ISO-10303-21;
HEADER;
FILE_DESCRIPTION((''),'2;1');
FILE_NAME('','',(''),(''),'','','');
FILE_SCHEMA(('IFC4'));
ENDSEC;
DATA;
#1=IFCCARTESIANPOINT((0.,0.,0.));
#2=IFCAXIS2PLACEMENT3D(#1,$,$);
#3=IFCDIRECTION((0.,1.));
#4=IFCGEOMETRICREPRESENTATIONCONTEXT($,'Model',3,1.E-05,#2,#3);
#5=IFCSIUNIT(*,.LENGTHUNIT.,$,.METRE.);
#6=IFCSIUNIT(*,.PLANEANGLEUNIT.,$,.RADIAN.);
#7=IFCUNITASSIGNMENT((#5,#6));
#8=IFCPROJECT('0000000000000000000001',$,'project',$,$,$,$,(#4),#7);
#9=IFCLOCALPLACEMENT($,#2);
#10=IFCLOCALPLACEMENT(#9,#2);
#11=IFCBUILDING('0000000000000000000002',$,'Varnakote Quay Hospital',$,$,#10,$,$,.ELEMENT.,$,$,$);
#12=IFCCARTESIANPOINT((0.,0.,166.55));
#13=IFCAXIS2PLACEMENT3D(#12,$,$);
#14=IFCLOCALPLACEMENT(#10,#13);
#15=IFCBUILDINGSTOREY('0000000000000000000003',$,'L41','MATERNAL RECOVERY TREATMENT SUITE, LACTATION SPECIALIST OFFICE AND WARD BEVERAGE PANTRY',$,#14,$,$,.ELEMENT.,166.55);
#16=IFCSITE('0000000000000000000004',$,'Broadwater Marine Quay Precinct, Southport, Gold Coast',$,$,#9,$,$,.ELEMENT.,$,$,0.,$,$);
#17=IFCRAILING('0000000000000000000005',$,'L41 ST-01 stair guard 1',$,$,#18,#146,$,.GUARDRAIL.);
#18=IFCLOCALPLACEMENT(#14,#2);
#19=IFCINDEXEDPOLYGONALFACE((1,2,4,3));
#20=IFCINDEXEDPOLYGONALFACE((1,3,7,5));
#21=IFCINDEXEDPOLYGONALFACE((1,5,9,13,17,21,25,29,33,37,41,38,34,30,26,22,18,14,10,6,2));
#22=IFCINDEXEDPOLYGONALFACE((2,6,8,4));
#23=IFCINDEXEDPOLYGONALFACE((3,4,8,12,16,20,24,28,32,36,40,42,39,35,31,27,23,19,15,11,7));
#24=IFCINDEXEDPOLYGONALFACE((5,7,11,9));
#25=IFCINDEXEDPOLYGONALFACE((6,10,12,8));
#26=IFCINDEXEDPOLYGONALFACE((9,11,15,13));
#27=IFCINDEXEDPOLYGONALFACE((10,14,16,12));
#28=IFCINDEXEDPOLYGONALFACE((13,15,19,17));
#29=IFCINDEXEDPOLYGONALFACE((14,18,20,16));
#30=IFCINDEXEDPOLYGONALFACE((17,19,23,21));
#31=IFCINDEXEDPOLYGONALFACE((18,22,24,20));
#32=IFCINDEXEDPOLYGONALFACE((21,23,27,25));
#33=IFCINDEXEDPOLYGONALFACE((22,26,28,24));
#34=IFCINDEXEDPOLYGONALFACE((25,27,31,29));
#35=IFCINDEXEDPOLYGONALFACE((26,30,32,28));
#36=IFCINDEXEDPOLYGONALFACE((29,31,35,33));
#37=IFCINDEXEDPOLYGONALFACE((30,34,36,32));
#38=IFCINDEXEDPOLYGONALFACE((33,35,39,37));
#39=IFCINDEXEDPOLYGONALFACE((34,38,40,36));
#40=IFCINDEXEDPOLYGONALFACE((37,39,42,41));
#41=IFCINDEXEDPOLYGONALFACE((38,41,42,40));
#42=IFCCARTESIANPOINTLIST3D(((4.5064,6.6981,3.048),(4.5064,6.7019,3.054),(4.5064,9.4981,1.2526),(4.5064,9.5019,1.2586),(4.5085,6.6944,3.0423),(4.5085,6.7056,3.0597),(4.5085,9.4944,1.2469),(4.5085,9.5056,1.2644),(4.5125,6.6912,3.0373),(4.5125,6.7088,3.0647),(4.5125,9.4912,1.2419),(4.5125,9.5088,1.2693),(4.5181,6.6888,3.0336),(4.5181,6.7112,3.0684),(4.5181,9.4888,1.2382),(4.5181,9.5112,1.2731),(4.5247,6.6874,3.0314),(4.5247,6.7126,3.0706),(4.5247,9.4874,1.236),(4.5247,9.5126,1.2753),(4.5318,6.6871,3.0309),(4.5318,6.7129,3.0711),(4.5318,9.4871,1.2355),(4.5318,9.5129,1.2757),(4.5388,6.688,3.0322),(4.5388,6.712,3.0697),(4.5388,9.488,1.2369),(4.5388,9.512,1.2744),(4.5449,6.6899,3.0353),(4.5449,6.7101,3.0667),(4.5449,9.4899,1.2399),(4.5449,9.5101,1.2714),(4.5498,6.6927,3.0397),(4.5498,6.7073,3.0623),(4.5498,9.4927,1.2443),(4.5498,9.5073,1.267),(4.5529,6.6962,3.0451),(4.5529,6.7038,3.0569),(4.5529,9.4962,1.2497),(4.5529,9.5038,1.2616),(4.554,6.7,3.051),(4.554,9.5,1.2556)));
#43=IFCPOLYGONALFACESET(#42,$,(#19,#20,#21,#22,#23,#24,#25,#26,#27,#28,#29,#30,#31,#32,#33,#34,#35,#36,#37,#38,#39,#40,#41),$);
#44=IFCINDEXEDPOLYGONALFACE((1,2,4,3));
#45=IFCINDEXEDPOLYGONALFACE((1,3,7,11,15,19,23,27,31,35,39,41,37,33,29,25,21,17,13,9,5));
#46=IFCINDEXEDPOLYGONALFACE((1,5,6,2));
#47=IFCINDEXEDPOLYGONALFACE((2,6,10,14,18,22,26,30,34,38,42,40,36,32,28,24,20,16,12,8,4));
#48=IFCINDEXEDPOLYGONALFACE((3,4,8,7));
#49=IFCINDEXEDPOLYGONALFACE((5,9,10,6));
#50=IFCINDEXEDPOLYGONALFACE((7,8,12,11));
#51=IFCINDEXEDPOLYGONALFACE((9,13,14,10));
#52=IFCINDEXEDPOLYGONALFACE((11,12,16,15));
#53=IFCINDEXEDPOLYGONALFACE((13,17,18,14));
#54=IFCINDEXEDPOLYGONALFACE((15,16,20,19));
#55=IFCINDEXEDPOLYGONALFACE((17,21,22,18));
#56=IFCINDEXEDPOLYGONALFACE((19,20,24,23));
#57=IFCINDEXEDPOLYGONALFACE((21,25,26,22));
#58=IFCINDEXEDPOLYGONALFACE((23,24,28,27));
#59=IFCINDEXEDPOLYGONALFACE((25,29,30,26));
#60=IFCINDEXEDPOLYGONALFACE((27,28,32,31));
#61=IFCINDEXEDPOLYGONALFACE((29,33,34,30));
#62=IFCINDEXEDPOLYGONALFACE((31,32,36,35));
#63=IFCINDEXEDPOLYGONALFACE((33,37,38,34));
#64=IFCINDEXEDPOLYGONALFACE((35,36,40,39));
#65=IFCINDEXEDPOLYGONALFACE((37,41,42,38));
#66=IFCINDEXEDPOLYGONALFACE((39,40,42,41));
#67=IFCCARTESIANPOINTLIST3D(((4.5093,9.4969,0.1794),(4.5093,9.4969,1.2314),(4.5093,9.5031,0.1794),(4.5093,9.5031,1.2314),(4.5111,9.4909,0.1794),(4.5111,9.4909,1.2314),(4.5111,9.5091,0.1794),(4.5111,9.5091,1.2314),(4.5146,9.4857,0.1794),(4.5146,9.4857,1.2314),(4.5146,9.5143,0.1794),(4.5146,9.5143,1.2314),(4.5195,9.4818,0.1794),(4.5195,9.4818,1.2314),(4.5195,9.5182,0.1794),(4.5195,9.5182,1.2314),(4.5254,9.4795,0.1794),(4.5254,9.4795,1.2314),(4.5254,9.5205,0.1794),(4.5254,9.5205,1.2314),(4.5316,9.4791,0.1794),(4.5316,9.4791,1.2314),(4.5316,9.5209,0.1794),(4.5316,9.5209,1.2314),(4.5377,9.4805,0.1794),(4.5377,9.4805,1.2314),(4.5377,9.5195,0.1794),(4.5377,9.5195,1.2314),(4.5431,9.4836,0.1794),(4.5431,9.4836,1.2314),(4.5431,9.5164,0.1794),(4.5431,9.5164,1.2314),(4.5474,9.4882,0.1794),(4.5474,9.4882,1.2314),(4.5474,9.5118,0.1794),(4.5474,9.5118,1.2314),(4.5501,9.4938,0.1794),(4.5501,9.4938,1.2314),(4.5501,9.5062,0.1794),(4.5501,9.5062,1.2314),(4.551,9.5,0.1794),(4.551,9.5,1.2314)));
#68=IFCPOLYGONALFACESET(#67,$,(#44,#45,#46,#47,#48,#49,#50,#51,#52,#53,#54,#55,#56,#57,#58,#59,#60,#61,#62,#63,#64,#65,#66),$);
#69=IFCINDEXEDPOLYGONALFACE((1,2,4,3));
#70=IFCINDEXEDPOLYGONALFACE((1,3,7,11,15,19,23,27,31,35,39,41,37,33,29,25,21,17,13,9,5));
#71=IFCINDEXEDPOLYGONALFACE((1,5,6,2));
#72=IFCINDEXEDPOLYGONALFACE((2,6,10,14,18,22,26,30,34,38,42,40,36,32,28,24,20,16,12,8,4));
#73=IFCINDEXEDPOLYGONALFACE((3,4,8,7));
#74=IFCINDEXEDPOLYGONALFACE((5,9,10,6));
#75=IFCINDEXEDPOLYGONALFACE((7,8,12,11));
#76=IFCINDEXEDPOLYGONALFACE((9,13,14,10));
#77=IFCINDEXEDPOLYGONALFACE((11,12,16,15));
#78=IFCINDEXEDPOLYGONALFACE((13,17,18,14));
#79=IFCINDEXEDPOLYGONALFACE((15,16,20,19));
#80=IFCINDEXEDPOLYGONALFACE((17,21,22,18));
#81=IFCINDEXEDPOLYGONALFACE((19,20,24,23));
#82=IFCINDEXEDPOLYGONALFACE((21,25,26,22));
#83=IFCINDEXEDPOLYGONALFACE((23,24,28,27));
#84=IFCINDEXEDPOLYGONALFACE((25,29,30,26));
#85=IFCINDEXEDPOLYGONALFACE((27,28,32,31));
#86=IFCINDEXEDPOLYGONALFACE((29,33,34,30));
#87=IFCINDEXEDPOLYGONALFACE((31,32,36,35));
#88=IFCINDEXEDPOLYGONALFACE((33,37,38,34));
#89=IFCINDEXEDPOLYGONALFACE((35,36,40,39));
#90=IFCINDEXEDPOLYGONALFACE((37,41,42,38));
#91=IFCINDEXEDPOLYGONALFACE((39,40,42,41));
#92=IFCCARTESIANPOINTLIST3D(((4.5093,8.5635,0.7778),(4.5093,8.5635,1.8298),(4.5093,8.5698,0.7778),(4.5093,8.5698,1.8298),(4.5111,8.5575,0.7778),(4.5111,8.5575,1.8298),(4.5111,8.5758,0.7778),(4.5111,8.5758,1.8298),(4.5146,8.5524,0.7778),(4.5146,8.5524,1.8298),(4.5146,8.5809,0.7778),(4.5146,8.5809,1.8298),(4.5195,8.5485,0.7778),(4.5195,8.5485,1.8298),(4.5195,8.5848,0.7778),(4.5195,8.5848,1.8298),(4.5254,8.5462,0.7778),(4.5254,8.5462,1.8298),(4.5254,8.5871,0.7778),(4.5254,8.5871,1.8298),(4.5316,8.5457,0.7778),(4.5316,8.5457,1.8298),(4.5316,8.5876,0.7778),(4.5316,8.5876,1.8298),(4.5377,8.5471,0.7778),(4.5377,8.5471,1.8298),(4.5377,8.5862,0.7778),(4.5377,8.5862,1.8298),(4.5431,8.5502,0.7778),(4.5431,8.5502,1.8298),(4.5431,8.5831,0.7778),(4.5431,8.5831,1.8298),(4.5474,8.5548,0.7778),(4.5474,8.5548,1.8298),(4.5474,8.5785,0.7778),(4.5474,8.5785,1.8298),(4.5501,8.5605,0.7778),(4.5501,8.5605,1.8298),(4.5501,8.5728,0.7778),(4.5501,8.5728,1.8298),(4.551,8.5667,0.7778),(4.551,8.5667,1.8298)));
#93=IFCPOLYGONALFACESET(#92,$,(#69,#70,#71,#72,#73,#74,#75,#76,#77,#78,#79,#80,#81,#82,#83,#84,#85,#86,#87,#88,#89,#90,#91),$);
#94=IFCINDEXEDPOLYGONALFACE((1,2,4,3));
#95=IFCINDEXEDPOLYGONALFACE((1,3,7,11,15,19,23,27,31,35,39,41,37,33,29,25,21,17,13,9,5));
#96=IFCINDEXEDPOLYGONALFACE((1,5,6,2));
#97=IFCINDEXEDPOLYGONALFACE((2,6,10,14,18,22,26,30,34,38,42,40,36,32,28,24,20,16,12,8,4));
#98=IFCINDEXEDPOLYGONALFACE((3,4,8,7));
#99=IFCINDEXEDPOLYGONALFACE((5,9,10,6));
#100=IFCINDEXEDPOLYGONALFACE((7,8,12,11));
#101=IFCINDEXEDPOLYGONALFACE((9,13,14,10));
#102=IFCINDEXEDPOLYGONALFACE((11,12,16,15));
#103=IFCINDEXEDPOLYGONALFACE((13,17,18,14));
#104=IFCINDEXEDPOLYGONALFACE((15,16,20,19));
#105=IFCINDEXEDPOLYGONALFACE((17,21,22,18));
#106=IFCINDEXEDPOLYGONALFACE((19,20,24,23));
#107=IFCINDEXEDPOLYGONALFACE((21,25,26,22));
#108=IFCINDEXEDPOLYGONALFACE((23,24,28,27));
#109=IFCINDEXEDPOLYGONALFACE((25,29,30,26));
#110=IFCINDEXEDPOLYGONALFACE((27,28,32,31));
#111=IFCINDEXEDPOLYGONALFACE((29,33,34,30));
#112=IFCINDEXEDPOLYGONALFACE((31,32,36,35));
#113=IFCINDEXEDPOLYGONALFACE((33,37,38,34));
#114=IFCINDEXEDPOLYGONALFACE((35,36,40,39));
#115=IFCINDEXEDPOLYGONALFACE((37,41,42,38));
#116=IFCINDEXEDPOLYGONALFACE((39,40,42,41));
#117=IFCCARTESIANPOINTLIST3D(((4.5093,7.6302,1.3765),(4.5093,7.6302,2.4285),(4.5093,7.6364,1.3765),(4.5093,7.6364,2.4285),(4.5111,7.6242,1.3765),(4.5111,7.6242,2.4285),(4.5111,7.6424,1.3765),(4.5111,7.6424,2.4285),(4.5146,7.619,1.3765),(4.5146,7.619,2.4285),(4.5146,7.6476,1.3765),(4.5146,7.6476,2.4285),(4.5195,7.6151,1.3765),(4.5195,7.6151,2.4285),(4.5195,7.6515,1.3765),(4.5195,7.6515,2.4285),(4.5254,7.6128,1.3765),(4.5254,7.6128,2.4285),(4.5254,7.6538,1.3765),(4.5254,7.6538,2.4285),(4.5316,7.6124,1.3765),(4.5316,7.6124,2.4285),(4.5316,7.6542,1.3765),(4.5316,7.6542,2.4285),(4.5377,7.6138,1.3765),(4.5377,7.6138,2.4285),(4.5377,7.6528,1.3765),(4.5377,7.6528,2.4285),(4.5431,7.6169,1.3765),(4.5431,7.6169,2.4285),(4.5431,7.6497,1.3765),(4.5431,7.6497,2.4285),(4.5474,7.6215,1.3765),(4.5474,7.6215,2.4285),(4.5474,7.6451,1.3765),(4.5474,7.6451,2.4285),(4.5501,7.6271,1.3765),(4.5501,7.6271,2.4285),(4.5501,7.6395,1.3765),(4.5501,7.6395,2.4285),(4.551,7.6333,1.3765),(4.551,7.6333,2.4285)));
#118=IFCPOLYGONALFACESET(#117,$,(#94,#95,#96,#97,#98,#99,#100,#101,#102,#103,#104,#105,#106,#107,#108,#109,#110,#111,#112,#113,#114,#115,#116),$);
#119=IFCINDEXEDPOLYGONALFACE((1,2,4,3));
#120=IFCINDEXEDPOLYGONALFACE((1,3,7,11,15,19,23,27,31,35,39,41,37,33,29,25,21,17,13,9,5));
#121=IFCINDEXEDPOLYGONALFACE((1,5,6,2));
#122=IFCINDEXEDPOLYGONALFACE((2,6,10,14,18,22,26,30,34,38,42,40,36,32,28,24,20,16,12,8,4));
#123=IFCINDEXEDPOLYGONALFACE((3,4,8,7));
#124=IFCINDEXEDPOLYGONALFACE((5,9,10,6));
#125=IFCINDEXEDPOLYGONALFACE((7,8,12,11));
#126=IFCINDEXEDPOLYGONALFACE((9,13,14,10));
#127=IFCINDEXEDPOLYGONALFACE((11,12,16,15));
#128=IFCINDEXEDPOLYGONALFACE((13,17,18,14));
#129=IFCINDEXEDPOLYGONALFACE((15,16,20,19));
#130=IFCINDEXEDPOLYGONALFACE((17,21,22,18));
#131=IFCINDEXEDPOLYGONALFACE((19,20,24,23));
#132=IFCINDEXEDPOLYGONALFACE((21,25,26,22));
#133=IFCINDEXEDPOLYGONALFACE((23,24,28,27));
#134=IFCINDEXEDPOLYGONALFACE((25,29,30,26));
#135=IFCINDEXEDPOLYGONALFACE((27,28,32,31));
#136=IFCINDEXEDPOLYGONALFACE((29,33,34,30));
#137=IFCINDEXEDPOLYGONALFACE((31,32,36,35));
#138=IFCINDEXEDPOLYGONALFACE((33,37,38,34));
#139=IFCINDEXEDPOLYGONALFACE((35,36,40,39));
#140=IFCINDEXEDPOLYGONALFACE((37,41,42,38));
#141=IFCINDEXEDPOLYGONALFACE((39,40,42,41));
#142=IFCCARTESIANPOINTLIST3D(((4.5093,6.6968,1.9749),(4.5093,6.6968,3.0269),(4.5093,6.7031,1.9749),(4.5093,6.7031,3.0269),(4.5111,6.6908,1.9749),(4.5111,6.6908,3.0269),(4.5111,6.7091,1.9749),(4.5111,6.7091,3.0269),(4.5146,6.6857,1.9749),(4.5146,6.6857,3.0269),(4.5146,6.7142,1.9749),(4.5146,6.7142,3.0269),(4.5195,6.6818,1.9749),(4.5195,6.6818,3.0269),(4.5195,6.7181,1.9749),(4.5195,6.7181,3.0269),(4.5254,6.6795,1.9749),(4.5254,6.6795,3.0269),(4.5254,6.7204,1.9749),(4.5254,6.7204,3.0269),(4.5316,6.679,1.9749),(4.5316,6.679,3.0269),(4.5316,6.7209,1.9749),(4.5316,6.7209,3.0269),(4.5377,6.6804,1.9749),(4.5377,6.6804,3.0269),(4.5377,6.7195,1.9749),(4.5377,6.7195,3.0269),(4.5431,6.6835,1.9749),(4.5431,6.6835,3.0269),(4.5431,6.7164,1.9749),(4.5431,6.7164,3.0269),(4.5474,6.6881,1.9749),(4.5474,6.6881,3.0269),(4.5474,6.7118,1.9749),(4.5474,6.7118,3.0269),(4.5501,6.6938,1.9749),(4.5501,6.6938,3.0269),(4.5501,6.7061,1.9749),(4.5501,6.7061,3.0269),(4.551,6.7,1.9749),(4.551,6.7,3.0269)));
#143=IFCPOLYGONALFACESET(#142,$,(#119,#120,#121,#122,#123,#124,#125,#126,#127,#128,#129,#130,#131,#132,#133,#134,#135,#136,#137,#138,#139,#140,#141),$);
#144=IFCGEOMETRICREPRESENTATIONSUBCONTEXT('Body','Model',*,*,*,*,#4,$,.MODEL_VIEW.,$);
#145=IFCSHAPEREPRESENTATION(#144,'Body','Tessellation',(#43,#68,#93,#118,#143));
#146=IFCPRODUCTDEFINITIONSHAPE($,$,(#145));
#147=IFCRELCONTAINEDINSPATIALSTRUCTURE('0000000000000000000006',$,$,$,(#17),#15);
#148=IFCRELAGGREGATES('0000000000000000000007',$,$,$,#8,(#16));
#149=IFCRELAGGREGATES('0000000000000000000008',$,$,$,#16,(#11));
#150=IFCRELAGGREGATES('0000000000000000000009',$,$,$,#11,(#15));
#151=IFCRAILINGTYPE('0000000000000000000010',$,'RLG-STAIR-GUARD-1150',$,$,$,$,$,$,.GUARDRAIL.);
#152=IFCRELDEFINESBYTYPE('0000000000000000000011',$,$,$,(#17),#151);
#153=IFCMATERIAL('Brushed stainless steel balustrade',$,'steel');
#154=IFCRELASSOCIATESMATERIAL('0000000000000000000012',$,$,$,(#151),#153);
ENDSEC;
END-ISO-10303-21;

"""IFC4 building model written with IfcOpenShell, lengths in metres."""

from ifc_helpers import new_model, si_unit, direction, frame, origin, origin_2d, place, context, subcontext, project, spatial, circle, extrude, material, type_object, element, save


model = new_model("IFC4")

# Units and contexts
model_context = context("Model", 3, precision=1e-05, world=origin(), true_north=direction((0.0, 1.0)))
body_context = subcontext(model_context, "Body", "Model", "MODEL_VIEW")
ifc_project = project(units=[si_unit("LENGTHUNIT", "METRE"), si_unit("PLANEANGLEUNIT", "RADIAN")], contexts=[model_context])

# Site, building, storey
site_placement = place(None, origin())
site = spatial("IfcSite", under=ifc_project, at=site_placement, Name="Broadwater Marine Quay Precinct, Southport, Gold Coast", CompositionType="ELEMENT", RefElevation=0.0)
building_placement = place(site_placement, origin())
building = spatial("IfcBuilding", under=site, at=building_placement, Name="Varnakote Quay Hospital", CompositionType="ELEMENT")
storey_placement = place(building_placement, frame((0.0, 0.0, 166.55)))
storey = spatial("IfcBuildingStorey", under=building, at=storey_placement, Name="L41", Description="MATERNAL RECOVERY TREATMENT SUITE, LACTATION SPECIALIST OFFICE AND WARD BEVERAGE PANTRY", CompositionType="ELEMENT", Elevation=166.55)

# Railing
ifc_material_1 = material(Name="Brushed stainless steel balustrade", Category="steel")
railing_type_1 = type_object("IfcRailingType", Name="RLG-STAIR-GUARD-1150", PredefinedType="GUARDRAIL", material=ifc_material_1)
railing_1_placement = place(storey_placement, frame((4.53, 9.5, 0.1794)))
element("IfcRailing", 1, at=railing_1_placement, inside=storey, type_object=railing_type_1, Name="L41 ST-01 stair guard 1", PredefinedType="GUARDRAIL", context=body_context, shape_type="SweptSolid", body=[
    extrude(circle(Radius=0.0239, at=origin_2d()), frame((0.0, 0.0, 1.0762), z_axis=(0.0, -0.84181, 0.539774), x_axis=(1.0, 0.0, 0.0)), (0.0, 0.0, 1.0), 3.3262),
    extrude(circle(Radius=0.021, at=origin_2d()), origin(), (0.0, 0.0, 1.0), 1.052),
    extrude(circle(Radius=0.021, at=origin_2d()), frame((0.0, -0.9333, 0.5984)), (0.0, 0.0, 1.0), 1.052),
    extrude(circle(Radius=0.021, at=origin_2d()), frame((0.0, -1.8667, 1.197)), (0.0, 0.0, 1.0), 1.052),
    extrude(circle(Radius=0.021, at=origin_2d()), frame((0.0, -2.8, 1.7954)), (0.0, 0.0, 1.0), 1.052),
])

save(model, "model.ifc")
